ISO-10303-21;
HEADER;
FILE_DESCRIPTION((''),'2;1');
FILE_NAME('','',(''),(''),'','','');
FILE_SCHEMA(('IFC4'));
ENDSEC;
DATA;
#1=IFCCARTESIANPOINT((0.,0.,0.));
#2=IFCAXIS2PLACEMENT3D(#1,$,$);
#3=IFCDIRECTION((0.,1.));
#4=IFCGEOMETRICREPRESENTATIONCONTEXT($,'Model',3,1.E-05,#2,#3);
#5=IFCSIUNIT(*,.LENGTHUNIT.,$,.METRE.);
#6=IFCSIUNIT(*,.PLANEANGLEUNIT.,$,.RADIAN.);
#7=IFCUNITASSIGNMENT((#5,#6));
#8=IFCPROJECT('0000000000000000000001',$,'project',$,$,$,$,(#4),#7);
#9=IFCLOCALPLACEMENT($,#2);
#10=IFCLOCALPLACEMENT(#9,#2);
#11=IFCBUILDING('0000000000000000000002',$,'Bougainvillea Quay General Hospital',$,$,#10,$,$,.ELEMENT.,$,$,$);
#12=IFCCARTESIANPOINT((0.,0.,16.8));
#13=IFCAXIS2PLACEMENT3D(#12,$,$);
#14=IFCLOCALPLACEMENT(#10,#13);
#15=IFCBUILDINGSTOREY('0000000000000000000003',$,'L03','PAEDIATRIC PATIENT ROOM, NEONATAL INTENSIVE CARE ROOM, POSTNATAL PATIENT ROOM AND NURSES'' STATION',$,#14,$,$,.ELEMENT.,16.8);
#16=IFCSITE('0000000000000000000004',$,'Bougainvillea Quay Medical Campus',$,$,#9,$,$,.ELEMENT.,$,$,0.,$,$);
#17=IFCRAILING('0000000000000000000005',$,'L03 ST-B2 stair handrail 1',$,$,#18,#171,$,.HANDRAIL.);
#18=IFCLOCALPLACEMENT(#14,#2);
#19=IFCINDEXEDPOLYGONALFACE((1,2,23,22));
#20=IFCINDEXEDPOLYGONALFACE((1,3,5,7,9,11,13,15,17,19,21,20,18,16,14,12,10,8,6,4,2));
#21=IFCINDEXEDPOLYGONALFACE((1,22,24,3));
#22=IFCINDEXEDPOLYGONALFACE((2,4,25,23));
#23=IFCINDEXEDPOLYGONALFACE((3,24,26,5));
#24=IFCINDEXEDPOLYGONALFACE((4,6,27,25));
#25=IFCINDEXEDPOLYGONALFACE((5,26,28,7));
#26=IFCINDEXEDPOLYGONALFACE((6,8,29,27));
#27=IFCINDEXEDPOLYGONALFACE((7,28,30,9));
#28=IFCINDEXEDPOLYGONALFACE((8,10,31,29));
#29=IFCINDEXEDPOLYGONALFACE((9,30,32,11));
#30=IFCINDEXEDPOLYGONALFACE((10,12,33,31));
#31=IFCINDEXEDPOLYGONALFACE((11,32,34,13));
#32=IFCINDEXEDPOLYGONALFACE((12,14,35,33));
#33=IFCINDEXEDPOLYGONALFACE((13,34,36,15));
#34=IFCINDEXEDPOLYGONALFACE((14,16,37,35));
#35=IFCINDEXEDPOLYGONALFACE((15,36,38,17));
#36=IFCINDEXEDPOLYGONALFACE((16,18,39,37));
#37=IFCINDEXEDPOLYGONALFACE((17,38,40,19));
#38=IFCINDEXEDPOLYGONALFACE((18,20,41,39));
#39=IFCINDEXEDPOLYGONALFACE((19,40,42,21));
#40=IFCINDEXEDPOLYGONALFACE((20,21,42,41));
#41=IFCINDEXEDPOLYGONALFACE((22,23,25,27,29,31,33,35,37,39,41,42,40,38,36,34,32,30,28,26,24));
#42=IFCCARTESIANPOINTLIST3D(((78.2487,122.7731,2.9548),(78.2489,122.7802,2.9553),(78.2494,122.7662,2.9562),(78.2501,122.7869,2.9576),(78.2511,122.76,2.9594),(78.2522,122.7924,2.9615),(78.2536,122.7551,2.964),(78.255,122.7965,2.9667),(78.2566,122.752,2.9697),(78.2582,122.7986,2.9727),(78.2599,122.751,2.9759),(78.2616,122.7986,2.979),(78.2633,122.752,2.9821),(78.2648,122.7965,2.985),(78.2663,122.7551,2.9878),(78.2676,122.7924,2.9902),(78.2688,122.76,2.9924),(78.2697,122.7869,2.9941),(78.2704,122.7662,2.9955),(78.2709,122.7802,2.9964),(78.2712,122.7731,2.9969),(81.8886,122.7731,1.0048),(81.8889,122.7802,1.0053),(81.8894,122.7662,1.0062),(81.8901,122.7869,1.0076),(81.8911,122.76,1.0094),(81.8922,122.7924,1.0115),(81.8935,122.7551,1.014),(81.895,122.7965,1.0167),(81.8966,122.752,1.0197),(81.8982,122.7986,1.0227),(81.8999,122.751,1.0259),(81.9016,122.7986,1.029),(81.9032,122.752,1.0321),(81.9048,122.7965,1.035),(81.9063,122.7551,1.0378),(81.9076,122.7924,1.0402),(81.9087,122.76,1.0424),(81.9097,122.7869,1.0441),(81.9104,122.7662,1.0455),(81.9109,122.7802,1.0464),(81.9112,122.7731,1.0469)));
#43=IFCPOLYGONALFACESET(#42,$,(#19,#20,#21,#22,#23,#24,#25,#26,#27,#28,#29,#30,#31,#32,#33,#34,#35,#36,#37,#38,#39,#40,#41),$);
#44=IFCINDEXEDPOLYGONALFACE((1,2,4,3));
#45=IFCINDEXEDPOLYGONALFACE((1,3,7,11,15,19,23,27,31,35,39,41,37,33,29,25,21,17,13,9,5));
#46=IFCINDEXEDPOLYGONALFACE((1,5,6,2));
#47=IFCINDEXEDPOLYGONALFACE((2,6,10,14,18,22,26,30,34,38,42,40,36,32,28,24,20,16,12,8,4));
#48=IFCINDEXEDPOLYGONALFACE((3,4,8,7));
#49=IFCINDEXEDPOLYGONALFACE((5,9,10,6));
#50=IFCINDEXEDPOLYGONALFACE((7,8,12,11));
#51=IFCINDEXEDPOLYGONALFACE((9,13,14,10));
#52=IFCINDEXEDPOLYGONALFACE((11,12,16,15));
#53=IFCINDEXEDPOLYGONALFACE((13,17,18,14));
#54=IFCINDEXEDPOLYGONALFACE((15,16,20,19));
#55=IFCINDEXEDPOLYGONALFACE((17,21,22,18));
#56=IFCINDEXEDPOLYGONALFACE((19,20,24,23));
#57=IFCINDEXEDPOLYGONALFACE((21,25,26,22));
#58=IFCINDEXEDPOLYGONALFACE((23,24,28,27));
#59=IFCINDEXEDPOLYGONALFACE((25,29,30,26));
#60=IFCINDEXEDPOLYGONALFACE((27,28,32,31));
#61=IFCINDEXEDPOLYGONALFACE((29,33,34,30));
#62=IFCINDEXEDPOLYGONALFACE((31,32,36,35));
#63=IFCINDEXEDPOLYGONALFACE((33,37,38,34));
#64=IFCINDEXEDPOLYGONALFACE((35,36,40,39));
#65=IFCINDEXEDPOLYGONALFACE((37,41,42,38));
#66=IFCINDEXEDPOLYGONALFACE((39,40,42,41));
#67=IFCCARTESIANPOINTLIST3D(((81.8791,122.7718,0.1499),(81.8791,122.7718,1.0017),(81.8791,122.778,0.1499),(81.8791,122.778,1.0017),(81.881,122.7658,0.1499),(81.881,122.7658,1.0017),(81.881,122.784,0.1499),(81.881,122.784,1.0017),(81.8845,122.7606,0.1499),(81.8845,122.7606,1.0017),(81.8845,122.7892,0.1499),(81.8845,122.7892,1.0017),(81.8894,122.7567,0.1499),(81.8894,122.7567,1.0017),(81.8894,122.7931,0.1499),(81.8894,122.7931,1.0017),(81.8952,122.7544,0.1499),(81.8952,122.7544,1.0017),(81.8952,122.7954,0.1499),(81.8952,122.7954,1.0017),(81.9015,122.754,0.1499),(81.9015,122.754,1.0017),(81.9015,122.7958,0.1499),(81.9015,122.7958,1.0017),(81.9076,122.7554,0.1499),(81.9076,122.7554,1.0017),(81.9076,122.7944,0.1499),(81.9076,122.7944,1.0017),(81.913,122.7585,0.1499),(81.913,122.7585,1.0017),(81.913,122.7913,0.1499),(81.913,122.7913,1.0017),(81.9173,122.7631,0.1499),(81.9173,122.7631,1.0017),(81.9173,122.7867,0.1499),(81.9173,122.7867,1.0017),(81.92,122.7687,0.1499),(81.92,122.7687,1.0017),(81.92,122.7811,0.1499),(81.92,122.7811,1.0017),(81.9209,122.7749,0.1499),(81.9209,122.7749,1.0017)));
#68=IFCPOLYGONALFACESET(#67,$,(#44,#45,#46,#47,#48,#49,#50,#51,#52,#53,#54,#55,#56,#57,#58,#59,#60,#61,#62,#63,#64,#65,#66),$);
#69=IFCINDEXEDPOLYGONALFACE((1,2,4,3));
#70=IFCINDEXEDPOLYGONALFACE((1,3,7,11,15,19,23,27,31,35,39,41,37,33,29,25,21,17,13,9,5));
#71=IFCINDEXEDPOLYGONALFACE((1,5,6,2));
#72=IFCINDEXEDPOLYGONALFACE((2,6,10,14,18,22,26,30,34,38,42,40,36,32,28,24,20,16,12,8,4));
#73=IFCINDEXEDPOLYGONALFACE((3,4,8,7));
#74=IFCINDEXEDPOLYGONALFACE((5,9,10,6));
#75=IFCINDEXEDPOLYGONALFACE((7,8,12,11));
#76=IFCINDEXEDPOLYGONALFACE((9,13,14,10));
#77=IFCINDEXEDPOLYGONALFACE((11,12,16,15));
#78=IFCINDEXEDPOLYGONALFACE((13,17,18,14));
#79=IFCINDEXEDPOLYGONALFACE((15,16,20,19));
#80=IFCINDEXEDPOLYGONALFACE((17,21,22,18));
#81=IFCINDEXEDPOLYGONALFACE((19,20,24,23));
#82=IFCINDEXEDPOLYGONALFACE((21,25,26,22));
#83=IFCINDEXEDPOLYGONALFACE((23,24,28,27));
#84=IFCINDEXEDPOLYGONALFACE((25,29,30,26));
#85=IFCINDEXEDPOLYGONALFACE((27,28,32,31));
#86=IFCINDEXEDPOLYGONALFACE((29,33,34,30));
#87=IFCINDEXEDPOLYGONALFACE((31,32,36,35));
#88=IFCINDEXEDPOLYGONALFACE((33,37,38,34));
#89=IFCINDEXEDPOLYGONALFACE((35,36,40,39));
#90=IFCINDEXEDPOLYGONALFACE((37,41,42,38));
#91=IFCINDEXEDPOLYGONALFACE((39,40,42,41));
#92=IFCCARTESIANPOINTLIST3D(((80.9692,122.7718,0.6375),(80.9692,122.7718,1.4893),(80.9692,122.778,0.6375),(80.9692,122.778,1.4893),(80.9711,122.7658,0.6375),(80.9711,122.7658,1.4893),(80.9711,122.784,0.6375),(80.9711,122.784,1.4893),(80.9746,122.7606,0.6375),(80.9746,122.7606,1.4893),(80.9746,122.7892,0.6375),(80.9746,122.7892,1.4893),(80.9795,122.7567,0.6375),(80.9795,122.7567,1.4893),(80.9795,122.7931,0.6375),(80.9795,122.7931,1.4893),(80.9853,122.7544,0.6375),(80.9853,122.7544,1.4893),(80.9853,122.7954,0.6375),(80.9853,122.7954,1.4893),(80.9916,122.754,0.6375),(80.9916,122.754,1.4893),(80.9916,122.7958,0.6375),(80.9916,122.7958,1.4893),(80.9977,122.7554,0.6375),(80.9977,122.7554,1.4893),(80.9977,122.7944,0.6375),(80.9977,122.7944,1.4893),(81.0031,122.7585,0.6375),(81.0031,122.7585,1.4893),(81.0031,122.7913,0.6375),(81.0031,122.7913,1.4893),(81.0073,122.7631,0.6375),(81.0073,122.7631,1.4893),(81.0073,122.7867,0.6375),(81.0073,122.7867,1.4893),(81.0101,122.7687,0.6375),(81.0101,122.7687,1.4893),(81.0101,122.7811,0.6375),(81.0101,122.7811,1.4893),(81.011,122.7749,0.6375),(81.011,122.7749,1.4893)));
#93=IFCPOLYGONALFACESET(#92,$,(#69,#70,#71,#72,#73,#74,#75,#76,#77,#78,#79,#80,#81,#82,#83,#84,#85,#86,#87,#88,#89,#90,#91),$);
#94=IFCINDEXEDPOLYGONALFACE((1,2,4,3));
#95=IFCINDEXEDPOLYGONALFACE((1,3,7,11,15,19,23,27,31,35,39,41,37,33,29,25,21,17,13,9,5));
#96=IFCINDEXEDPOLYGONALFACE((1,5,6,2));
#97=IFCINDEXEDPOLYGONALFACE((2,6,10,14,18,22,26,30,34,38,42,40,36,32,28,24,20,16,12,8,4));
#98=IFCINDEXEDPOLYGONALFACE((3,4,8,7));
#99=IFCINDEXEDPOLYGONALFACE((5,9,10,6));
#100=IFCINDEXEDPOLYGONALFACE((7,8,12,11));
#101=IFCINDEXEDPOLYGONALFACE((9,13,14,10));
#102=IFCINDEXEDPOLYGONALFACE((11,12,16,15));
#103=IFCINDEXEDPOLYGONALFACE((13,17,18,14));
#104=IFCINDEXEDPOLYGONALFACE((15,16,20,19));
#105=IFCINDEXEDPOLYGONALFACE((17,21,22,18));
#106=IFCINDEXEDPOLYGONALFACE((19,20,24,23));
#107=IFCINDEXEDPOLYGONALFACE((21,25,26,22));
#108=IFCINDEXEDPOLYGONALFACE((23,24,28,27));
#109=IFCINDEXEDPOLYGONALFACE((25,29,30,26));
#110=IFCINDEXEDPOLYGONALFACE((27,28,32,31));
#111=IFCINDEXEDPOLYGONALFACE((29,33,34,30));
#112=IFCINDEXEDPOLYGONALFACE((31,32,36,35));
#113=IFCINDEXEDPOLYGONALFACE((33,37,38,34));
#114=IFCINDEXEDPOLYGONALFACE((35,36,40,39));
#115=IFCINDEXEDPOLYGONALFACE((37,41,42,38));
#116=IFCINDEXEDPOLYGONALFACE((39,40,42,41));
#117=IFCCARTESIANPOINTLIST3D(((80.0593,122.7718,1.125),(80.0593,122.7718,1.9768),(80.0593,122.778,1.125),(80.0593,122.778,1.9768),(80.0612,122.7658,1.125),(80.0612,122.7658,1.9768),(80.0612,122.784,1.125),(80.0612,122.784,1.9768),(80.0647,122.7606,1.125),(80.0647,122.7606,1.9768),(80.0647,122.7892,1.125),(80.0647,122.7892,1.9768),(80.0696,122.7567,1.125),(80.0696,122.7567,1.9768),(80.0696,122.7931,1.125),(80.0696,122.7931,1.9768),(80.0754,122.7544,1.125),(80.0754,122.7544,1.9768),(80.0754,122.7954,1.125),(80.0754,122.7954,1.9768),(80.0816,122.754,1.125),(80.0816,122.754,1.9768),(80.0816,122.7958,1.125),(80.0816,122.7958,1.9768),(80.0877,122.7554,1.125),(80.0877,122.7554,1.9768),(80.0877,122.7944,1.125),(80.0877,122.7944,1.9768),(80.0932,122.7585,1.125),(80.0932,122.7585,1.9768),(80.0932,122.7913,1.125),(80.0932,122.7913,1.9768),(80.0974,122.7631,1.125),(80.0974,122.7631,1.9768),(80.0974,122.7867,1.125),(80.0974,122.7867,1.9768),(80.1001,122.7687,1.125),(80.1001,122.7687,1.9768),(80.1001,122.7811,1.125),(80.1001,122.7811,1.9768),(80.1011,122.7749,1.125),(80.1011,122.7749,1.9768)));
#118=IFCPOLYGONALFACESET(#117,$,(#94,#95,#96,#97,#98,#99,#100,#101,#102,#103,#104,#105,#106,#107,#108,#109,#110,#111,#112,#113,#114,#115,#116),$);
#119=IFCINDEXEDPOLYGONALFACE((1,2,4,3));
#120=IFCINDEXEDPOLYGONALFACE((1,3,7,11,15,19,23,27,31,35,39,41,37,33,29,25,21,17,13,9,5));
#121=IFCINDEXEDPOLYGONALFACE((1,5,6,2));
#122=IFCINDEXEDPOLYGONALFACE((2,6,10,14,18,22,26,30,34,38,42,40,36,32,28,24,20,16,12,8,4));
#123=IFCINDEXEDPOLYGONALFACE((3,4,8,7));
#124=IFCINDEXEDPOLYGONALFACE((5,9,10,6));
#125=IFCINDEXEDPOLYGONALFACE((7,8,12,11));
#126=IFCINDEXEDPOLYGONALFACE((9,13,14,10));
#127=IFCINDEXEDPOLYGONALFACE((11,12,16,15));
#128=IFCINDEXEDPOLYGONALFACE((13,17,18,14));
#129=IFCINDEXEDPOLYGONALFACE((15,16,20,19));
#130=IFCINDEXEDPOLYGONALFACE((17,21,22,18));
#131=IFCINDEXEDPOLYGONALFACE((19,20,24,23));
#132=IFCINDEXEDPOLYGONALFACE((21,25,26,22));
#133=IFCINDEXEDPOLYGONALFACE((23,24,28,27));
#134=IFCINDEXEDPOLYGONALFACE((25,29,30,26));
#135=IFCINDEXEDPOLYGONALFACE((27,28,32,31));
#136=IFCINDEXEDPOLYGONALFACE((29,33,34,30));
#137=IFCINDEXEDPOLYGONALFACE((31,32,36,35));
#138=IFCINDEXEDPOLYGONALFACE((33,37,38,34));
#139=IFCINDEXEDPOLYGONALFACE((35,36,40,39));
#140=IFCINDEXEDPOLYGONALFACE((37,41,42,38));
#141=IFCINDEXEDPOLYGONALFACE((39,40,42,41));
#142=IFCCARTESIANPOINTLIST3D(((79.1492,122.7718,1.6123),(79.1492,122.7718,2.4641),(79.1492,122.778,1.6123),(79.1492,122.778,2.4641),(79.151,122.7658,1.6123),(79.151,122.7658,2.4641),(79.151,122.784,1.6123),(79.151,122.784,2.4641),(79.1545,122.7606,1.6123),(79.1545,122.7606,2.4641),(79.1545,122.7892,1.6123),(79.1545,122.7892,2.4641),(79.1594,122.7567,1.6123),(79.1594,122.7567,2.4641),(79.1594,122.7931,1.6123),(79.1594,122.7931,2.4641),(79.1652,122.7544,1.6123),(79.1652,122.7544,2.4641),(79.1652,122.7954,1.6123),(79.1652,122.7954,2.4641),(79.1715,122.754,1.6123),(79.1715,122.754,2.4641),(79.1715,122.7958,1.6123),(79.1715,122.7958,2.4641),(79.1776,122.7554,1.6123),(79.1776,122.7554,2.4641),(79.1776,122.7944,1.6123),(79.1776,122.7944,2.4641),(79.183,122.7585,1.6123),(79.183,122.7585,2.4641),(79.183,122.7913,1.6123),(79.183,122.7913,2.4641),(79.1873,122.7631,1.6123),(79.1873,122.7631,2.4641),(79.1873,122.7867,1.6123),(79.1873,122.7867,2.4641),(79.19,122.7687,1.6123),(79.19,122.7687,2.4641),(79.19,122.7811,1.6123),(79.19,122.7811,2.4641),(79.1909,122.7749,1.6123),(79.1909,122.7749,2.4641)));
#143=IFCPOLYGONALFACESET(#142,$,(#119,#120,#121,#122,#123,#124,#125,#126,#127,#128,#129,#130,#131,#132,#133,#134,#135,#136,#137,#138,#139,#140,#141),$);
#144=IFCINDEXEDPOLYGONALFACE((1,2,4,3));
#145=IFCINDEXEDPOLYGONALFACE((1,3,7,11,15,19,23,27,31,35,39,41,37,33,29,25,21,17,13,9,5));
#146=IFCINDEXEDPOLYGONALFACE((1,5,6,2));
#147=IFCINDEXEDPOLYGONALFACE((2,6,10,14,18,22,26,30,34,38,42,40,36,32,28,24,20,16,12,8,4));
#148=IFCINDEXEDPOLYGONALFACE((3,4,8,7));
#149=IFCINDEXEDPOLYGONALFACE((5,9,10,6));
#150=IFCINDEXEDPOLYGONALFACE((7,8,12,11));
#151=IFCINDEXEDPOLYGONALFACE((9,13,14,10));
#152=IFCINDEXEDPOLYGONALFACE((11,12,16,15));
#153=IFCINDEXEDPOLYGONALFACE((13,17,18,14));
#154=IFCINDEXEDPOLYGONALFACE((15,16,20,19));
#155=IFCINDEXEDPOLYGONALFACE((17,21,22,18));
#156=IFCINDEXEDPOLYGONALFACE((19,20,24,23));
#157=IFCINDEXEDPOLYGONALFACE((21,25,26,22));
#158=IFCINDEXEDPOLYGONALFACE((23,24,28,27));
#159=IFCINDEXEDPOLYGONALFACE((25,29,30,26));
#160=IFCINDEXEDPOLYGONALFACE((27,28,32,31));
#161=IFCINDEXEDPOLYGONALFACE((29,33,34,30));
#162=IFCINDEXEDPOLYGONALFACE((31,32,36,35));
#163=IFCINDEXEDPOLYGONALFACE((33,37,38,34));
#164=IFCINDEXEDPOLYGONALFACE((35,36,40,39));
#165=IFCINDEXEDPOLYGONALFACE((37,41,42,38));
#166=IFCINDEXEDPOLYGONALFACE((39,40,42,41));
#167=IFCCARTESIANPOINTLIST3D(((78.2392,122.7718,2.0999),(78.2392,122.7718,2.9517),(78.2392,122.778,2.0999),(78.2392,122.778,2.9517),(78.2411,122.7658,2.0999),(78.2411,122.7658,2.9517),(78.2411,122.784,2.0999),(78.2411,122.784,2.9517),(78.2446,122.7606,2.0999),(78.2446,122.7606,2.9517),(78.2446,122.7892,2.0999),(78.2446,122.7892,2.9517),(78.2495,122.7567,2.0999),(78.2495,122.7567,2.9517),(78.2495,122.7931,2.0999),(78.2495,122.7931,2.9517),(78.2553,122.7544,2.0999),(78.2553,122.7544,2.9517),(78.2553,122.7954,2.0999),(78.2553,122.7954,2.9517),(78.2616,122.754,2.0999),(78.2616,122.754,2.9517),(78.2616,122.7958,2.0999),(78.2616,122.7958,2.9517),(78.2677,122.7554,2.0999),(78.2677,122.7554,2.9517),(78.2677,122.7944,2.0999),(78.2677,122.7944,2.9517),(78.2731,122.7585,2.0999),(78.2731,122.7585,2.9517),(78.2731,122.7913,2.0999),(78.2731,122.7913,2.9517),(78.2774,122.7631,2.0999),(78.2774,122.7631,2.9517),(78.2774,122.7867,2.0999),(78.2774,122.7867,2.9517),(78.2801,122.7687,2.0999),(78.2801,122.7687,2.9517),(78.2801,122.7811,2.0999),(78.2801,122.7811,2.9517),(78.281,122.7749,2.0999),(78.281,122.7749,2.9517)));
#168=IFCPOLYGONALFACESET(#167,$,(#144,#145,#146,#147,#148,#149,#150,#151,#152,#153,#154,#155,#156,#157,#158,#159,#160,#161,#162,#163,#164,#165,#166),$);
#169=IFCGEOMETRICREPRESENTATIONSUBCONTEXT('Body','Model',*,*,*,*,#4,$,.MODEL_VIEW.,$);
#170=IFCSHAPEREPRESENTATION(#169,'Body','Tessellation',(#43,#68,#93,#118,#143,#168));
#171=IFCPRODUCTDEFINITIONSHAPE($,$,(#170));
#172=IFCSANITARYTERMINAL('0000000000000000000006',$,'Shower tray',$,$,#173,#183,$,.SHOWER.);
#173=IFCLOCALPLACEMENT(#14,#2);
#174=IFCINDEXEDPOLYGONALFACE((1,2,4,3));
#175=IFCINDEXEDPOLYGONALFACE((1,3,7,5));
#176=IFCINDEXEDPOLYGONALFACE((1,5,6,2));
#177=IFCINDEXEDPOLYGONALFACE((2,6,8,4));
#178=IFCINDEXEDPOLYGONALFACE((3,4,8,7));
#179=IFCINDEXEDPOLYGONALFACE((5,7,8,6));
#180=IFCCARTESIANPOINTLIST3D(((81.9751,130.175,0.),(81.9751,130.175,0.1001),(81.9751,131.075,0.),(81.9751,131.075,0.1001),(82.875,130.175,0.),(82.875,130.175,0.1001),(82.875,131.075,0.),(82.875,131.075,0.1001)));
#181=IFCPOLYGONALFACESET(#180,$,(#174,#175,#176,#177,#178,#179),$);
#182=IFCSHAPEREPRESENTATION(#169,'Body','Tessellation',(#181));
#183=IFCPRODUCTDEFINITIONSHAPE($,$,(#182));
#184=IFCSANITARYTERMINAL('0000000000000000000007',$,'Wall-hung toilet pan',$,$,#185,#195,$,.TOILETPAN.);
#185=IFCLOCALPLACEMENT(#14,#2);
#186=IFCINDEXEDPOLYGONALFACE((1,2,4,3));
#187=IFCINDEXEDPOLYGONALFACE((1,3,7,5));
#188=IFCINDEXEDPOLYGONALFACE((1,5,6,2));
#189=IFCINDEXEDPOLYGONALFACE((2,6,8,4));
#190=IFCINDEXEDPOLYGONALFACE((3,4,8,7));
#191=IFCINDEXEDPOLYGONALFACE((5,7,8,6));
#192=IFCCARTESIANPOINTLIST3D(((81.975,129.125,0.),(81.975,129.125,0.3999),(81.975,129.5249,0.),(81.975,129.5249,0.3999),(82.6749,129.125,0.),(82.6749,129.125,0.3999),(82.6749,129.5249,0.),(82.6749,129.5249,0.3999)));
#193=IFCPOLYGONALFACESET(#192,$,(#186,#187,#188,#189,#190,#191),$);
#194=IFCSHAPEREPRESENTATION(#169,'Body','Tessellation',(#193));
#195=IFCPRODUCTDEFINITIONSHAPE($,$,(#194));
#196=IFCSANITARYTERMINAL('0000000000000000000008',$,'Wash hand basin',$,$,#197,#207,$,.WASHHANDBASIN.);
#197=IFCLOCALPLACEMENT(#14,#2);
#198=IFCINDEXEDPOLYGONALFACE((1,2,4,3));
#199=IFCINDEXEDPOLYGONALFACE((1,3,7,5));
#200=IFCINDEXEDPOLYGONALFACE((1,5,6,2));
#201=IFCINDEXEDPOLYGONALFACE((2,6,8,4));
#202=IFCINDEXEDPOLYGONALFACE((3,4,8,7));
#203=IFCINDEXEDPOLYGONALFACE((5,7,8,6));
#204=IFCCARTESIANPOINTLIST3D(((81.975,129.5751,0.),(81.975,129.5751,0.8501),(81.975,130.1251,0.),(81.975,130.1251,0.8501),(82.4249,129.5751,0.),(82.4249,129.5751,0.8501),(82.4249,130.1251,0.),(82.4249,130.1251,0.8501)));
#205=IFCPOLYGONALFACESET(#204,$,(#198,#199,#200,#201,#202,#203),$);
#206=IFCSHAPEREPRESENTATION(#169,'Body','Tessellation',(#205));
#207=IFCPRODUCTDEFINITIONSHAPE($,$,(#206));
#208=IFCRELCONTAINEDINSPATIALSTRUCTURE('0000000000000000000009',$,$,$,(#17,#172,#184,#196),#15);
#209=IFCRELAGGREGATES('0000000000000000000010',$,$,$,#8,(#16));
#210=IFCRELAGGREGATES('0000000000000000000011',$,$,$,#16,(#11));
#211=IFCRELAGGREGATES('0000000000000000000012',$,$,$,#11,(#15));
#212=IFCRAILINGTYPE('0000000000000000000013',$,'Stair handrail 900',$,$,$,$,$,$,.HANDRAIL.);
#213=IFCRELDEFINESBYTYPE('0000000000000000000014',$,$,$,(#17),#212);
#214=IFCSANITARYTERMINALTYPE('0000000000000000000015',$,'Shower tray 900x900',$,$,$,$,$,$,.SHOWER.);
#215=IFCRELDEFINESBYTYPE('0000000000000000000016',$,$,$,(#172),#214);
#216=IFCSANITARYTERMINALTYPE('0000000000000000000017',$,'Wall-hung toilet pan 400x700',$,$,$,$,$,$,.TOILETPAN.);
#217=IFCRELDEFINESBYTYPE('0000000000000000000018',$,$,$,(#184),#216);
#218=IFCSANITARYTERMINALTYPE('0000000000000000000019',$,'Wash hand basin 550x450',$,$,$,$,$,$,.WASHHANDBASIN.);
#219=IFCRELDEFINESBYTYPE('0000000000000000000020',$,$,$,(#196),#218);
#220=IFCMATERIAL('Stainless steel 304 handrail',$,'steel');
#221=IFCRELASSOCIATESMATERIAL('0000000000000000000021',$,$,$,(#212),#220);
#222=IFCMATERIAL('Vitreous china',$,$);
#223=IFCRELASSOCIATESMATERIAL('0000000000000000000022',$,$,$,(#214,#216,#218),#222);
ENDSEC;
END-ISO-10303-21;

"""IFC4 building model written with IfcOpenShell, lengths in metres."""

from ifc_helpers import new_model, si_unit, direction, frame, origin, origin_2d, place, context, subcontext, project, spatial, rectangle, circle, extrude, material, type_object, element, save


model = new_model("IFC4")

# Units and contexts
model_context = context("Model", 3, precision=1e-05, world=origin(), true_north=direction((0.0, 1.0)))
body_context = subcontext(model_context, "Body", "Model", "MODEL_VIEW")
ifc_project = project(units=[si_unit("LENGTHUNIT", "METRE"), si_unit("PLANEANGLEUNIT", "RADIAN")], contexts=[model_context])

# Site, building, storey
site_placement = place(None, origin())
site = spatial("IfcSite", under=ifc_project, at=site_placement, Name="Bougainvillea Quay Medical Campus", CompositionType="ELEMENT", RefElevation=0.0)
building_placement = place(site_placement, origin())
building = spatial("IfcBuilding", under=site, at=building_placement, Name="Bougainvillea Quay General Hospital", CompositionType="ELEMENT")
storey_placement = place(building_placement, frame((0.0, 0.0, 16.8)))
storey = spatial("IfcBuildingStorey", under=building, at=storey_placement, Name="L03", Description="PAEDIATRIC PATIENT ROOM, NEONATAL INTENSIVE CARE ROOM, POSTNATAL PATIENT ROOM AND NURSES' STATION", CompositionType="ELEMENT", Elevation=16.8)

# Railing
ifc_material_1 = material(Name="Stainless steel 304 handrail", Category="steel")
railing_type_1 = type_object("IfcRailingType", Name="Stair handrail 900", PredefinedType="HANDRAIL", material=ifc_material_1)
railing_1_placement = place(storey_placement, frame((81.8999, 122.7749, 0.1499)))
element("IfcRailing", 1, at=railing_1_placement, inside=storey, type_object=railing_type_1, Name="L03 ST-B2 stair handrail 1", PredefinedType="HANDRAIL", context=body_context, shape_type="SweptSolid", body=[
    extrude(circle(Radius=0.0239, at=origin_2d()), frame((0.0, 0.0, 0.876), z_axis=(-0.881479, 0.0, 0.472223), x_axis=(0.0, -1.0, 0.0)), (0.0, 0.0, 1.0), 4.1294),
    extrude(circle(Radius=0.021, at=origin_2d()), origin(), (0.0, 0.0, 1.0), 0.8518),
    extrude(circle(Radius=0.021, at=origin_2d()), frame((-0.9099, 0.0, 0.4875)), (0.0, 0.0, 1.0), 0.8518),
    extrude(circle(Radius=0.021, at=origin_2d()), frame((-1.8198, 0.0, 0.9751)), (0.0, 0.0, 1.0), 0.8518),
    extrude(circle(Radius=0.021, at=origin_2d()), frame((-2.73, 0.0, 1.4624)), (0.0, 0.0, 1.0), 0.8518),
    extrude(circle(Radius=0.021, at=origin_2d()), frame((-3.6399, 0.0, 1.95)), (0.0, 0.0, 1.0), 0.8518),
])

# Sanitary terminals
ifc_material_2 = material(Name="Vitreous china")
sanitary_terminal_type_1 = type_object("IfcSanitaryTerminalType", Name="Shower tray 900x900", PredefinedType="SHOWER", material=ifc_material_2)
sanitary_terminal_1_placement = place(storey_placement, frame((82.425, 130.625, 0.0), z_axis=(0.0, 0.0, 1.0), x_axis=(0.0, 1.0, 0.0)))
element("IfcSanitaryTerminal", 2, at=sanitary_terminal_1_placement, inside=storey, type_object=sanitary_terminal_type_1, Name="Shower tray", PredefinedType="SHOWER", context=body_context, shape_type="SweptSolid", body=[
    extrude(rectangle(XDim=0.8999, YDim=0.8999, at=origin_2d()), origin(), (0.0, 0.0, 1.0), 0.1001),
])
sanitary_terminal_type_2 = type_object("IfcSanitaryTerminalType", Name="Wall-hung toilet pan 400x700", PredefinedType="TOILETPAN", material=ifc_material_2)
sanitary_terminal_2_placement = place(storey_placement, frame((82.325, 129.325, 0.0), z_axis=(0.0, 0.0, 1.0), x_axis=(0.0, 1.0, 0.0)))
element("IfcSanitaryTerminal", 3, at=sanitary_terminal_2_placement, inside=storey, type_object=sanitary_terminal_type_2, Name="Wall-hung toilet pan", PredefinedType="TOILETPAN", context=body_context, shape_type="SweptSolid", body=[
    extrude(rectangle(XDim=0.3999, YDim=0.7, at=origin_2d()), origin(), (0.0, 0.0, 1.0), 0.3999),
])
sanitary_terminal_type_3 = type_object("IfcSanitaryTerminalType", Name="Wash hand basin 550x450", PredefinedType="WASHHANDBASIN", material=ifc_material_2)
sanitary_terminal_3_placement = place(storey_placement, frame((82.2, 129.8501, 0.0), z_axis=(0.0, 0.0, 1.0), x_axis=(0.0, 1.0, 0.0)))
element("IfcSanitaryTerminal", 4, at=sanitary_terminal_3_placement, inside=storey, type_object=sanitary_terminal_type_3, Name="Wash hand basin", PredefinedType="WASHHANDBASIN", context=body_context, shape_type="SweptSolid", body=[
    extrude(rectangle(XDim=0.55, YDim=0.45, at=origin_2d()), origin(), (0.0, 0.0, 1.0), 0.8501),
])

save(model, "model.ifc")
